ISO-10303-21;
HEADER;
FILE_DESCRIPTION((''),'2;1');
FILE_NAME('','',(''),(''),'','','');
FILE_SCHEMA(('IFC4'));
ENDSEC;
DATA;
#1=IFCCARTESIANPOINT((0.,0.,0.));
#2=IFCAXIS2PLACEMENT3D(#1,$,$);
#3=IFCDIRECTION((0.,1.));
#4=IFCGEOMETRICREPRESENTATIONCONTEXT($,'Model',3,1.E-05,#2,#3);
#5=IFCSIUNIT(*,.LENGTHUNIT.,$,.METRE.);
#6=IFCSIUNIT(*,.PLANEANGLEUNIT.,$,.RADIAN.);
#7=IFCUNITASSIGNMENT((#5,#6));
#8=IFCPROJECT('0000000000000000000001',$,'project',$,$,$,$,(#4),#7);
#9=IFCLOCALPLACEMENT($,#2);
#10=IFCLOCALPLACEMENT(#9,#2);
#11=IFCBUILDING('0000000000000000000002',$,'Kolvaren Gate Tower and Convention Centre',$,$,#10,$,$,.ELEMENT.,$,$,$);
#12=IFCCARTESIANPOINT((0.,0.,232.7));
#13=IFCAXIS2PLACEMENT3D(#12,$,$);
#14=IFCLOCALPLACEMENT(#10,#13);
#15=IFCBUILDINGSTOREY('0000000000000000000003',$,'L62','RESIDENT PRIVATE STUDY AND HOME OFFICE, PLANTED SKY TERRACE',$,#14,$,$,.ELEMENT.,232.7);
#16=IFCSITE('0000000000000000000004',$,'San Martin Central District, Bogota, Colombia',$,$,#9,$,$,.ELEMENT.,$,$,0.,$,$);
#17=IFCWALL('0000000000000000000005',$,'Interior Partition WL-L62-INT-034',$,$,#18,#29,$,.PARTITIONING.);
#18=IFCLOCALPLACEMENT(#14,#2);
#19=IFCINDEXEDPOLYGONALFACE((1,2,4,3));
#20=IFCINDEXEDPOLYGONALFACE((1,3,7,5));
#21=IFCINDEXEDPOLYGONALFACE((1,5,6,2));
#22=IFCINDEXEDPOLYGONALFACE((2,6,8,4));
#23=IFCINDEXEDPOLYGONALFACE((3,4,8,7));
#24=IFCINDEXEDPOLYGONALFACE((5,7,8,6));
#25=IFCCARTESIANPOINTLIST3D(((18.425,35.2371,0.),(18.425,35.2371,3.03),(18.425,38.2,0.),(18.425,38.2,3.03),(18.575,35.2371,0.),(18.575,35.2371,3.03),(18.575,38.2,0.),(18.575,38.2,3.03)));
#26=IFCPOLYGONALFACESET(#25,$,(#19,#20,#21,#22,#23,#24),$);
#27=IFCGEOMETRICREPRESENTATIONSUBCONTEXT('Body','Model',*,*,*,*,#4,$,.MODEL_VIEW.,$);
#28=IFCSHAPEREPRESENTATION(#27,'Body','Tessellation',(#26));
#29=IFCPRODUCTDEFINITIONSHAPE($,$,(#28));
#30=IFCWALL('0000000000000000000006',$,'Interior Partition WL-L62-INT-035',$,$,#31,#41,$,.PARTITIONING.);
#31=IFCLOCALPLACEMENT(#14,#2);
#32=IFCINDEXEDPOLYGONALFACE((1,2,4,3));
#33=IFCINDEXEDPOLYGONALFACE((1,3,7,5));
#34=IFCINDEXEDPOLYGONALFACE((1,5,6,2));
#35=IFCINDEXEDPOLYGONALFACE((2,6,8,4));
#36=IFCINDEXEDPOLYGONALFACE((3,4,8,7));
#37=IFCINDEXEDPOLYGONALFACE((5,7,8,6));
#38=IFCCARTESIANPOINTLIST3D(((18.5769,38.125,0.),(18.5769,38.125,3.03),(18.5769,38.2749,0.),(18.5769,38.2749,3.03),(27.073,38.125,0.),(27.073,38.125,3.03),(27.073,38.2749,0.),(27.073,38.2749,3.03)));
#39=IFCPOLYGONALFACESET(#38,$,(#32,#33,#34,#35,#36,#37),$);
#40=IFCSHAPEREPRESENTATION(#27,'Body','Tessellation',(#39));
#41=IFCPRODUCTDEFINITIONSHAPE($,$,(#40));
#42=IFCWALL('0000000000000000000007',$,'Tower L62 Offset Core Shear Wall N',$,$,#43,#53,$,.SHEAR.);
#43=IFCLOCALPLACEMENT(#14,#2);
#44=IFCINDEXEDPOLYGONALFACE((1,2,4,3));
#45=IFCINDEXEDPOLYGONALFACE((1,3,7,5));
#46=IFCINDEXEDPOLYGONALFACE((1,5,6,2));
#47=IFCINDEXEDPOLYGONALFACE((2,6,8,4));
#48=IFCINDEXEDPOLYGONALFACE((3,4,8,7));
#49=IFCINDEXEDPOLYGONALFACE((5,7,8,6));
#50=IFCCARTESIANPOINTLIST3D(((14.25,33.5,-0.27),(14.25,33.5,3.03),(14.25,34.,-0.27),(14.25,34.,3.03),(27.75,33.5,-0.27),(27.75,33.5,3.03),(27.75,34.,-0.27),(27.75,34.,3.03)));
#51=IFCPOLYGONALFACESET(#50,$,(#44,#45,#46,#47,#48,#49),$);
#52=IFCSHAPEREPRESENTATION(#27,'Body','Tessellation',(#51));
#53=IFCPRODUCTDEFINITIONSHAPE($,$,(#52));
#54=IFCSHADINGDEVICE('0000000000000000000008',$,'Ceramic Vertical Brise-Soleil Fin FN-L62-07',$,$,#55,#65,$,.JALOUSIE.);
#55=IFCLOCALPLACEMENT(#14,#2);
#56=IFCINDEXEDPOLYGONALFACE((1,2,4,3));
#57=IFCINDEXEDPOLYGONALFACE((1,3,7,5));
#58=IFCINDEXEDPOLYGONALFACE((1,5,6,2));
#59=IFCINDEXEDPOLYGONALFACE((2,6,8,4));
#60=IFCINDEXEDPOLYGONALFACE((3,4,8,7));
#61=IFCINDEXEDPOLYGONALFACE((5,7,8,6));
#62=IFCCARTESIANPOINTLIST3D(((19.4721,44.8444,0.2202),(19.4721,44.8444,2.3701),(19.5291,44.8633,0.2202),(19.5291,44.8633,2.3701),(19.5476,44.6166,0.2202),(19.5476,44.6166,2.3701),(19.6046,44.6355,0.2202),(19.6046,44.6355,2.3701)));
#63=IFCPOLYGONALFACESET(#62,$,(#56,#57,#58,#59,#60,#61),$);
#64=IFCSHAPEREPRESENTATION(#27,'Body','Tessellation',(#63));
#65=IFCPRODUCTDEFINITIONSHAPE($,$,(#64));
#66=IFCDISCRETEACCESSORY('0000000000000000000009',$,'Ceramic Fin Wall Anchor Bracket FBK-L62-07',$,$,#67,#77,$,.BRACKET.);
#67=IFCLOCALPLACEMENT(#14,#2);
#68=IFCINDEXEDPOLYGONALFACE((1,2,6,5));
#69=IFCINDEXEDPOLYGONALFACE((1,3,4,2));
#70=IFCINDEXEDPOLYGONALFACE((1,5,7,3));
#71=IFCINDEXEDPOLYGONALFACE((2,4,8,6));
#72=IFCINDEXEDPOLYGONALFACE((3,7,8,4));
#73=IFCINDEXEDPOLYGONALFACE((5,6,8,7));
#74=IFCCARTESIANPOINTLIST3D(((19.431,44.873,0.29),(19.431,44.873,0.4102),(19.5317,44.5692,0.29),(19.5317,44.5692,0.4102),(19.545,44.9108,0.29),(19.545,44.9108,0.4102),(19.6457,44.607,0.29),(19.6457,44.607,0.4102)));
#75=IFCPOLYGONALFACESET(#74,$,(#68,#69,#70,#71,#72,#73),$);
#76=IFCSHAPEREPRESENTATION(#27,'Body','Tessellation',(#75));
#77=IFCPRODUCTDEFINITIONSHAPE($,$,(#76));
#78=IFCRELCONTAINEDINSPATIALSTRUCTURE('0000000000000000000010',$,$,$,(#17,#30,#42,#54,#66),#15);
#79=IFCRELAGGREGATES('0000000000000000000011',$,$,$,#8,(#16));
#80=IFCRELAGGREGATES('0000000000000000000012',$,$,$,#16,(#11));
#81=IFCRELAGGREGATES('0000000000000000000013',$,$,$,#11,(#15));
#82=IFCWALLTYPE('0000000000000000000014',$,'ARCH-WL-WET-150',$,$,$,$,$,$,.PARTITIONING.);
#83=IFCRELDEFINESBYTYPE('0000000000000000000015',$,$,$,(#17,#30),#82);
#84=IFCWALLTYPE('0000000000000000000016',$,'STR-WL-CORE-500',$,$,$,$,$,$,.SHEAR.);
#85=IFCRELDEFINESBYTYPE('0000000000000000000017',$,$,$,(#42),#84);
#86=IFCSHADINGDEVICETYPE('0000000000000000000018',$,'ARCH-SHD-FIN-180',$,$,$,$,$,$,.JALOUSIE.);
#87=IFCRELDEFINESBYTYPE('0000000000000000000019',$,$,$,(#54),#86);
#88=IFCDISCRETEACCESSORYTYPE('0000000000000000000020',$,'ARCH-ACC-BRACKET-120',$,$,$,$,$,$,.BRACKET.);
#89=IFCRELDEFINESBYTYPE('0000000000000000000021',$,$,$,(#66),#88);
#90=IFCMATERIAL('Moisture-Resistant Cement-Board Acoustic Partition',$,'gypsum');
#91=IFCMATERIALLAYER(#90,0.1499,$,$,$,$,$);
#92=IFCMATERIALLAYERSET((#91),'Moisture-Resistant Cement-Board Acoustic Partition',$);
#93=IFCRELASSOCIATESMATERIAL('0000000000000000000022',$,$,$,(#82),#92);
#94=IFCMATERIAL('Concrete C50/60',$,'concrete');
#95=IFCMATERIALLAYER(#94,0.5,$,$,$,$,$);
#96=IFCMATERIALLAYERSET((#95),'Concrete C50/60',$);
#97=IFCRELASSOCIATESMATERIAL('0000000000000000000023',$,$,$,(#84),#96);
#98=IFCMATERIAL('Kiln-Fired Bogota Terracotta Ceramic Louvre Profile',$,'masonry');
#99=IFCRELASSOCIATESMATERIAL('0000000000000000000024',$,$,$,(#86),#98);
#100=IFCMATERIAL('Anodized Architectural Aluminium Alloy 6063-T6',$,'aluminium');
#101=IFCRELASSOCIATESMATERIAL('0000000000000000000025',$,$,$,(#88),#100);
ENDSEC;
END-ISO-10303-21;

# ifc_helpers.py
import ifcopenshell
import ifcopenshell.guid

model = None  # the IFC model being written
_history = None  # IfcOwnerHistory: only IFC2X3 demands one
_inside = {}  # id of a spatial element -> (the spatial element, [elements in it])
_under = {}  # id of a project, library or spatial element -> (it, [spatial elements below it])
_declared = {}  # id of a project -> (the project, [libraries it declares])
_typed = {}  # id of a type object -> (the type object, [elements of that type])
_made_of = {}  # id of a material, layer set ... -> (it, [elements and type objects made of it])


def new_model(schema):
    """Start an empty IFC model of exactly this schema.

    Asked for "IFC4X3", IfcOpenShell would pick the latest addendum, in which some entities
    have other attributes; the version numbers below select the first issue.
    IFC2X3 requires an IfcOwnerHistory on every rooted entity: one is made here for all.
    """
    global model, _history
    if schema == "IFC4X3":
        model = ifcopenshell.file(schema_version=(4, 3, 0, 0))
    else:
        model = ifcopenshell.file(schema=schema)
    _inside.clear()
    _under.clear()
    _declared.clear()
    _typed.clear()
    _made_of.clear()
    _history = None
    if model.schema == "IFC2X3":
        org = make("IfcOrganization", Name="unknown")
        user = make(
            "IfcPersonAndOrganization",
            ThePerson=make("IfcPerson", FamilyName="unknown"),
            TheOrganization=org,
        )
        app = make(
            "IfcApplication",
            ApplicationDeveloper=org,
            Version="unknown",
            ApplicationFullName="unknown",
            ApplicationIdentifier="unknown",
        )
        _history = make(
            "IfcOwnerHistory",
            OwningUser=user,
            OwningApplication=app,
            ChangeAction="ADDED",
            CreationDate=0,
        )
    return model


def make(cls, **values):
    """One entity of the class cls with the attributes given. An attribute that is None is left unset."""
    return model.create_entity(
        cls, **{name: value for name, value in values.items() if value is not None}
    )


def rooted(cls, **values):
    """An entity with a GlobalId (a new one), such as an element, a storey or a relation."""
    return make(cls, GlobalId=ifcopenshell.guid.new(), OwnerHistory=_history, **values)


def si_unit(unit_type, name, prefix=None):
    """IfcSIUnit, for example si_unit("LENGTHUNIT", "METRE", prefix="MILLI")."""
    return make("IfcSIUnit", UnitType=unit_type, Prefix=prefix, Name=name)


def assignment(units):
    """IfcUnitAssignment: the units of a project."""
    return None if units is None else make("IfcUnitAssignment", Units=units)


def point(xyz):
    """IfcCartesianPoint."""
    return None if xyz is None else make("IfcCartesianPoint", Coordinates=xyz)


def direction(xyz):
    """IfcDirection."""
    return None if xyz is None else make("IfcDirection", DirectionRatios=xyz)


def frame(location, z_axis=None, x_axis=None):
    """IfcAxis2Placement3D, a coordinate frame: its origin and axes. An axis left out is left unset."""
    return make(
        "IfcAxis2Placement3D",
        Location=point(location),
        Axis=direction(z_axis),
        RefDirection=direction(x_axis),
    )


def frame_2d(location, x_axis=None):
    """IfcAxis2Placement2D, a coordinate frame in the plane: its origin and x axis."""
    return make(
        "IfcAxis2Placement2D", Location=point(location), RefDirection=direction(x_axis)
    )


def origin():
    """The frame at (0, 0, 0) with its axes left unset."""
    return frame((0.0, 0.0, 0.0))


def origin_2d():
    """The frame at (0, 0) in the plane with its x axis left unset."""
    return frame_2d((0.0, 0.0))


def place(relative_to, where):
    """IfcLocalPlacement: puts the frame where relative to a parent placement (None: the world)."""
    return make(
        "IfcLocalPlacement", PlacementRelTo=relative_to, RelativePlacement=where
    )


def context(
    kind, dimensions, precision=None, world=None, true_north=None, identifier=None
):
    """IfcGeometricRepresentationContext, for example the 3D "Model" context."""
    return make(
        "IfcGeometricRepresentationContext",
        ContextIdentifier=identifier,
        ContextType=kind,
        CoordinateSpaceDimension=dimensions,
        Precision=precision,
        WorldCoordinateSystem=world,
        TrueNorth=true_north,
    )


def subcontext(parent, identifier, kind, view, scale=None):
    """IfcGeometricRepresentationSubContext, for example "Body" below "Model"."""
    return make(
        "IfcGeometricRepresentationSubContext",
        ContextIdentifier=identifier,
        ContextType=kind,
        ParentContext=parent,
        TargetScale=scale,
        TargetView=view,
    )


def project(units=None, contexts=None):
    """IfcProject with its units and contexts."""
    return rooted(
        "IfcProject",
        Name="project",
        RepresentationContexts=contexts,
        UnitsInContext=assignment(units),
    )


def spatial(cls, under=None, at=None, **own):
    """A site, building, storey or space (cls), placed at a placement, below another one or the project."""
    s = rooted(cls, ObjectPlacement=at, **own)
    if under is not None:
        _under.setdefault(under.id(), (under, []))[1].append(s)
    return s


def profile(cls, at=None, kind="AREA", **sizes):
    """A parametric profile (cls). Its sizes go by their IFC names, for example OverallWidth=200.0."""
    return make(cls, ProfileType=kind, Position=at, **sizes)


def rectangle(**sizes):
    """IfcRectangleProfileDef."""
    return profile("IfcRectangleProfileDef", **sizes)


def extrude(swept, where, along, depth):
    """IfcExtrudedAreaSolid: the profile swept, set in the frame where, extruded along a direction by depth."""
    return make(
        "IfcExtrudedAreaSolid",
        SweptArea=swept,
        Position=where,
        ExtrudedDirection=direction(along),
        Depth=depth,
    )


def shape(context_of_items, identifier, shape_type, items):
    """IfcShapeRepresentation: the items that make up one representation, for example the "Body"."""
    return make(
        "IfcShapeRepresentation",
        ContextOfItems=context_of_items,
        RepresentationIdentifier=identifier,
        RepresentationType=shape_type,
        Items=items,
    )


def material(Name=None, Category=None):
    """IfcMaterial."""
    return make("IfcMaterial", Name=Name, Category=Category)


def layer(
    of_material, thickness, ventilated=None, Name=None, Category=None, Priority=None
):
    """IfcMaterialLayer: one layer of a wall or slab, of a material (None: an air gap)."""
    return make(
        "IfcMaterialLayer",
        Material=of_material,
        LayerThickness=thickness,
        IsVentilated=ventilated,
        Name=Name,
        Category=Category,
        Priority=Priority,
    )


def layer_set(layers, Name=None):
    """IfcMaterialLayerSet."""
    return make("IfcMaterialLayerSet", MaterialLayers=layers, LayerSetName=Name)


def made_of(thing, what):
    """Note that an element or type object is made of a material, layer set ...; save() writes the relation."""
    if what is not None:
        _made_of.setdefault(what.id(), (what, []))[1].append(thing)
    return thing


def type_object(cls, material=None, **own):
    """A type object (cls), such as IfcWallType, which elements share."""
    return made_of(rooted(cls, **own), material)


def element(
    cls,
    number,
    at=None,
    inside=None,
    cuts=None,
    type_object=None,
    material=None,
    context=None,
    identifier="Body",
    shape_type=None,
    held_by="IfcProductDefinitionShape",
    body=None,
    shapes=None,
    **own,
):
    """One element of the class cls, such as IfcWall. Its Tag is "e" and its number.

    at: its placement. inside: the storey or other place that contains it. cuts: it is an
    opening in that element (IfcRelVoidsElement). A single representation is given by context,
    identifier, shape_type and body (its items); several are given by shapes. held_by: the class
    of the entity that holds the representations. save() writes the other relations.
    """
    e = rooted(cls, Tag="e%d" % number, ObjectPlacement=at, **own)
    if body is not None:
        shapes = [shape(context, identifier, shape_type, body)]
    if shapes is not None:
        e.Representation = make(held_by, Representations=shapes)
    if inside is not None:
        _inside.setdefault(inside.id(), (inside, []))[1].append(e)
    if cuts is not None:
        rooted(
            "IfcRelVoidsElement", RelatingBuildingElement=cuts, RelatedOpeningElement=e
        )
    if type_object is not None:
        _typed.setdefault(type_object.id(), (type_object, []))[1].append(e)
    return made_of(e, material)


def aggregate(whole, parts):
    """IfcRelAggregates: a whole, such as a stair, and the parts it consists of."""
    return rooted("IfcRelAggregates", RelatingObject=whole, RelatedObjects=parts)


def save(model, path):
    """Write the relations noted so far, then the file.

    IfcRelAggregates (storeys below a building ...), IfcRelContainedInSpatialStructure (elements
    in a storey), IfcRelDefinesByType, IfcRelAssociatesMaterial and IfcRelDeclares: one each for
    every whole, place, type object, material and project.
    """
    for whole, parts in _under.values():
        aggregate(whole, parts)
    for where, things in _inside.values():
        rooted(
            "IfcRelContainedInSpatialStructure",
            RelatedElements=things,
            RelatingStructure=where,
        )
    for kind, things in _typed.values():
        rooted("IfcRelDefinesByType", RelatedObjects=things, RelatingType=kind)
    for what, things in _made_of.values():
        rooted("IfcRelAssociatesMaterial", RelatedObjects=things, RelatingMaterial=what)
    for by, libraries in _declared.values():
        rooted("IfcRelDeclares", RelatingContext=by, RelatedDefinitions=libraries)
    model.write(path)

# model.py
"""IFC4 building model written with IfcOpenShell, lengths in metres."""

from ifc_helpers import new_model, si_unit, direction, frame, frame_2d, origin, origin_2d, place, context, subcontext, project, spatial, rectangle, extrude, material, layer, layer_set, type_object, element, save


model = new_model("IFC4")

# Units and contexts
model_context = context("Model", 3, precision=1e-05, world=origin(), true_north=direction((0.0, 1.0)))
body_context = subcontext(model_context, "Body", "Model", "MODEL_VIEW")
ifc_project = project(units=[si_unit("LENGTHUNIT", "METRE"), si_unit("PLANEANGLEUNIT", "RADIAN")], contexts=[model_context])

# Site, building, storey
site_placement = place(None, origin())
site = spatial("IfcSite", under=ifc_project, at=site_placement, Name="San Martin Central District, Bogota, Colombia", CompositionType="ELEMENT", RefElevation=0.0)
building_placement = place(site_placement, origin())
building = spatial("IfcBuilding", under=site, at=building_placement, Name="Kolvaren Gate Tower and Convention Centre", CompositionType="ELEMENT")
storey_placement = place(building_placement, frame((0.0, 0.0, 232.7)))
storey = spatial("IfcBuildingStorey", under=building, at=storey_placement, Name="L62", Description="RESIDENT PRIVATE STUDY AND HOME OFFICE, PLANTED SKY TERRACE", CompositionType="ELEMENT", Elevation=232.7)

# Shared definitions
ifc_material_1 = material(Name="Anodized Architectural Aluminium Alloy 6063-T6", Category="aluminium")

# Walls
ifc_material_2 = material(Name="Moisture-Resistant Cement-Board Acoustic Partition", Category="gypsum")
ifc_layer_1 = layer(ifc_material_2, 0.1499)
ifc_layer_set_1 = layer_set([ifc_layer_1], Name="Moisture-Resistant Cement-Board Acoustic Partition")
wall_type_1 = type_object("IfcWallType", Name="ARCH-WL-WET-150", PredefinedType="PARTITIONING", material=ifc_layer_set_1)
wall_1_placement = place(storey_placement, frame((18.5, 35.2371, 0.0), z_axis=(0.0, 0.0, 1.0), x_axis=(0.0, 1.0, 0.0)))
element("IfcWall", 1, at=wall_1_placement, inside=storey, type_object=wall_type_1, Name="Interior Partition WL-L62-INT-034", PredefinedType="PARTITIONING", context=body_context, shape_type="SweptSolid", body=[
    extrude(rectangle(XDim=2.9629, YDim=0.1499, at=frame_2d((1.4814, 0.0))), origin(), (0.0, 0.0, 1.0), 3.03),
])
wall_2_placement = place(storey_placement, frame((18.5769, 38.2, 0.0), z_axis=(0.0, 0.0, 1.0), x_axis=(1.0, 0.0, 0.0)))
element("IfcWall", 2, at=wall_2_placement, inside=storey, type_object=wall_type_1, Name="Interior Partition WL-L62-INT-035", PredefinedType="PARTITIONING", context=body_context, shape_type="SweptSolid", body=[
    extrude(rectangle(XDim=8.4961, YDim=0.1499, at=frame_2d((4.248, 0.0))), origin(), (0.0, 0.0, 1.0), 3.03),
])
ifc_material_3 = material(Name="Concrete C50/60", Category="concrete")
ifc_layer_2 = layer(ifc_material_3, 0.5)
ifc_layer_set_2 = layer_set([ifc_layer_2], Name="Concrete C50/60")
wall_type_2 = type_object("IfcWallType", Name="STR-WL-CORE-500", PredefinedType="SHEAR", material=ifc_layer_set_2)
wall_3_placement = place(storey_placement, frame((14.25, 33.75, -0.27), z_axis=(0.0, 0.0, 1.0), x_axis=(1.0, 0.0, 0.0)))
element("IfcWall", 3, at=wall_3_placement, inside=storey, type_object=wall_type_2, Name="Tower L62 Offset Core Shear Wall N", PredefinedType="SHEAR", context=body_context, shape_type="SweptSolid", body=[
    extrude(rectangle(XDim=13.5, YDim=0.5, at=frame_2d((6.75, 0.0))), origin(), (0.0, 0.0, 1.0), 3.3),
])

# Shading device
ifc_material_4 = material(Name="Kiln-Fired Bogota Terracotta Ceramic Louvre Profile", Category="masonry")
shading_device_type = type_object("IfcShadingDeviceType", Name="ARCH-SHD-FIN-180", PredefinedType="JALOUSIE", material=ifc_material_4)
shading_device_placement = place(storey_placement, frame((19.5383, 44.74, 0.2202), z_axis=(0.0, 0.0, 1.0), x_axis=(0.949242, 0.314548, 0.0)))
element("IfcShadingDevice", 4, at=shading_device_placement, inside=storey, type_object=shading_device_type, Name="Ceramic Vertical Brise-Soleil Fin FN-L62-07", PredefinedType="JALOUSIE", context=body_context, shape_type="SweptSolid", body=[
    extrude(rectangle(XDim=0.0601, YDim=0.24, at=origin_2d()), origin(), (0.0, 0.0, 1.0), 2.1499),
])

# Discrete accessory
discrete_accessory_type = type_object("IfcDiscreteAccessoryType", Name="ARCH-ACC-BRACKET-120", PredefinedType="BRACKET", material=ifc_material_1)
discrete_accessory_placement = place(storey_placement, frame((19.5383, 44.74, 0.29), z_axis=(0.0, 0.0, 1.0), x_axis=(0.949242, 0.314548, 0.0)))
element("IfcDiscreteAccessory", 5, at=discrete_accessory_placement, inside=storey, type_object=discrete_accessory_type, Name="Ceramic Fin Wall Anchor Bracket FBK-L62-07", PredefinedType="BRACKET", context=body_context, shape_type="SweptSolid", body=[
    extrude(rectangle(XDim=0.1201, YDim=0.3201, at=origin_2d()), origin(), (0.0, 0.0, 1.0), 0.1201),
])

save(model, "model.ifc")
